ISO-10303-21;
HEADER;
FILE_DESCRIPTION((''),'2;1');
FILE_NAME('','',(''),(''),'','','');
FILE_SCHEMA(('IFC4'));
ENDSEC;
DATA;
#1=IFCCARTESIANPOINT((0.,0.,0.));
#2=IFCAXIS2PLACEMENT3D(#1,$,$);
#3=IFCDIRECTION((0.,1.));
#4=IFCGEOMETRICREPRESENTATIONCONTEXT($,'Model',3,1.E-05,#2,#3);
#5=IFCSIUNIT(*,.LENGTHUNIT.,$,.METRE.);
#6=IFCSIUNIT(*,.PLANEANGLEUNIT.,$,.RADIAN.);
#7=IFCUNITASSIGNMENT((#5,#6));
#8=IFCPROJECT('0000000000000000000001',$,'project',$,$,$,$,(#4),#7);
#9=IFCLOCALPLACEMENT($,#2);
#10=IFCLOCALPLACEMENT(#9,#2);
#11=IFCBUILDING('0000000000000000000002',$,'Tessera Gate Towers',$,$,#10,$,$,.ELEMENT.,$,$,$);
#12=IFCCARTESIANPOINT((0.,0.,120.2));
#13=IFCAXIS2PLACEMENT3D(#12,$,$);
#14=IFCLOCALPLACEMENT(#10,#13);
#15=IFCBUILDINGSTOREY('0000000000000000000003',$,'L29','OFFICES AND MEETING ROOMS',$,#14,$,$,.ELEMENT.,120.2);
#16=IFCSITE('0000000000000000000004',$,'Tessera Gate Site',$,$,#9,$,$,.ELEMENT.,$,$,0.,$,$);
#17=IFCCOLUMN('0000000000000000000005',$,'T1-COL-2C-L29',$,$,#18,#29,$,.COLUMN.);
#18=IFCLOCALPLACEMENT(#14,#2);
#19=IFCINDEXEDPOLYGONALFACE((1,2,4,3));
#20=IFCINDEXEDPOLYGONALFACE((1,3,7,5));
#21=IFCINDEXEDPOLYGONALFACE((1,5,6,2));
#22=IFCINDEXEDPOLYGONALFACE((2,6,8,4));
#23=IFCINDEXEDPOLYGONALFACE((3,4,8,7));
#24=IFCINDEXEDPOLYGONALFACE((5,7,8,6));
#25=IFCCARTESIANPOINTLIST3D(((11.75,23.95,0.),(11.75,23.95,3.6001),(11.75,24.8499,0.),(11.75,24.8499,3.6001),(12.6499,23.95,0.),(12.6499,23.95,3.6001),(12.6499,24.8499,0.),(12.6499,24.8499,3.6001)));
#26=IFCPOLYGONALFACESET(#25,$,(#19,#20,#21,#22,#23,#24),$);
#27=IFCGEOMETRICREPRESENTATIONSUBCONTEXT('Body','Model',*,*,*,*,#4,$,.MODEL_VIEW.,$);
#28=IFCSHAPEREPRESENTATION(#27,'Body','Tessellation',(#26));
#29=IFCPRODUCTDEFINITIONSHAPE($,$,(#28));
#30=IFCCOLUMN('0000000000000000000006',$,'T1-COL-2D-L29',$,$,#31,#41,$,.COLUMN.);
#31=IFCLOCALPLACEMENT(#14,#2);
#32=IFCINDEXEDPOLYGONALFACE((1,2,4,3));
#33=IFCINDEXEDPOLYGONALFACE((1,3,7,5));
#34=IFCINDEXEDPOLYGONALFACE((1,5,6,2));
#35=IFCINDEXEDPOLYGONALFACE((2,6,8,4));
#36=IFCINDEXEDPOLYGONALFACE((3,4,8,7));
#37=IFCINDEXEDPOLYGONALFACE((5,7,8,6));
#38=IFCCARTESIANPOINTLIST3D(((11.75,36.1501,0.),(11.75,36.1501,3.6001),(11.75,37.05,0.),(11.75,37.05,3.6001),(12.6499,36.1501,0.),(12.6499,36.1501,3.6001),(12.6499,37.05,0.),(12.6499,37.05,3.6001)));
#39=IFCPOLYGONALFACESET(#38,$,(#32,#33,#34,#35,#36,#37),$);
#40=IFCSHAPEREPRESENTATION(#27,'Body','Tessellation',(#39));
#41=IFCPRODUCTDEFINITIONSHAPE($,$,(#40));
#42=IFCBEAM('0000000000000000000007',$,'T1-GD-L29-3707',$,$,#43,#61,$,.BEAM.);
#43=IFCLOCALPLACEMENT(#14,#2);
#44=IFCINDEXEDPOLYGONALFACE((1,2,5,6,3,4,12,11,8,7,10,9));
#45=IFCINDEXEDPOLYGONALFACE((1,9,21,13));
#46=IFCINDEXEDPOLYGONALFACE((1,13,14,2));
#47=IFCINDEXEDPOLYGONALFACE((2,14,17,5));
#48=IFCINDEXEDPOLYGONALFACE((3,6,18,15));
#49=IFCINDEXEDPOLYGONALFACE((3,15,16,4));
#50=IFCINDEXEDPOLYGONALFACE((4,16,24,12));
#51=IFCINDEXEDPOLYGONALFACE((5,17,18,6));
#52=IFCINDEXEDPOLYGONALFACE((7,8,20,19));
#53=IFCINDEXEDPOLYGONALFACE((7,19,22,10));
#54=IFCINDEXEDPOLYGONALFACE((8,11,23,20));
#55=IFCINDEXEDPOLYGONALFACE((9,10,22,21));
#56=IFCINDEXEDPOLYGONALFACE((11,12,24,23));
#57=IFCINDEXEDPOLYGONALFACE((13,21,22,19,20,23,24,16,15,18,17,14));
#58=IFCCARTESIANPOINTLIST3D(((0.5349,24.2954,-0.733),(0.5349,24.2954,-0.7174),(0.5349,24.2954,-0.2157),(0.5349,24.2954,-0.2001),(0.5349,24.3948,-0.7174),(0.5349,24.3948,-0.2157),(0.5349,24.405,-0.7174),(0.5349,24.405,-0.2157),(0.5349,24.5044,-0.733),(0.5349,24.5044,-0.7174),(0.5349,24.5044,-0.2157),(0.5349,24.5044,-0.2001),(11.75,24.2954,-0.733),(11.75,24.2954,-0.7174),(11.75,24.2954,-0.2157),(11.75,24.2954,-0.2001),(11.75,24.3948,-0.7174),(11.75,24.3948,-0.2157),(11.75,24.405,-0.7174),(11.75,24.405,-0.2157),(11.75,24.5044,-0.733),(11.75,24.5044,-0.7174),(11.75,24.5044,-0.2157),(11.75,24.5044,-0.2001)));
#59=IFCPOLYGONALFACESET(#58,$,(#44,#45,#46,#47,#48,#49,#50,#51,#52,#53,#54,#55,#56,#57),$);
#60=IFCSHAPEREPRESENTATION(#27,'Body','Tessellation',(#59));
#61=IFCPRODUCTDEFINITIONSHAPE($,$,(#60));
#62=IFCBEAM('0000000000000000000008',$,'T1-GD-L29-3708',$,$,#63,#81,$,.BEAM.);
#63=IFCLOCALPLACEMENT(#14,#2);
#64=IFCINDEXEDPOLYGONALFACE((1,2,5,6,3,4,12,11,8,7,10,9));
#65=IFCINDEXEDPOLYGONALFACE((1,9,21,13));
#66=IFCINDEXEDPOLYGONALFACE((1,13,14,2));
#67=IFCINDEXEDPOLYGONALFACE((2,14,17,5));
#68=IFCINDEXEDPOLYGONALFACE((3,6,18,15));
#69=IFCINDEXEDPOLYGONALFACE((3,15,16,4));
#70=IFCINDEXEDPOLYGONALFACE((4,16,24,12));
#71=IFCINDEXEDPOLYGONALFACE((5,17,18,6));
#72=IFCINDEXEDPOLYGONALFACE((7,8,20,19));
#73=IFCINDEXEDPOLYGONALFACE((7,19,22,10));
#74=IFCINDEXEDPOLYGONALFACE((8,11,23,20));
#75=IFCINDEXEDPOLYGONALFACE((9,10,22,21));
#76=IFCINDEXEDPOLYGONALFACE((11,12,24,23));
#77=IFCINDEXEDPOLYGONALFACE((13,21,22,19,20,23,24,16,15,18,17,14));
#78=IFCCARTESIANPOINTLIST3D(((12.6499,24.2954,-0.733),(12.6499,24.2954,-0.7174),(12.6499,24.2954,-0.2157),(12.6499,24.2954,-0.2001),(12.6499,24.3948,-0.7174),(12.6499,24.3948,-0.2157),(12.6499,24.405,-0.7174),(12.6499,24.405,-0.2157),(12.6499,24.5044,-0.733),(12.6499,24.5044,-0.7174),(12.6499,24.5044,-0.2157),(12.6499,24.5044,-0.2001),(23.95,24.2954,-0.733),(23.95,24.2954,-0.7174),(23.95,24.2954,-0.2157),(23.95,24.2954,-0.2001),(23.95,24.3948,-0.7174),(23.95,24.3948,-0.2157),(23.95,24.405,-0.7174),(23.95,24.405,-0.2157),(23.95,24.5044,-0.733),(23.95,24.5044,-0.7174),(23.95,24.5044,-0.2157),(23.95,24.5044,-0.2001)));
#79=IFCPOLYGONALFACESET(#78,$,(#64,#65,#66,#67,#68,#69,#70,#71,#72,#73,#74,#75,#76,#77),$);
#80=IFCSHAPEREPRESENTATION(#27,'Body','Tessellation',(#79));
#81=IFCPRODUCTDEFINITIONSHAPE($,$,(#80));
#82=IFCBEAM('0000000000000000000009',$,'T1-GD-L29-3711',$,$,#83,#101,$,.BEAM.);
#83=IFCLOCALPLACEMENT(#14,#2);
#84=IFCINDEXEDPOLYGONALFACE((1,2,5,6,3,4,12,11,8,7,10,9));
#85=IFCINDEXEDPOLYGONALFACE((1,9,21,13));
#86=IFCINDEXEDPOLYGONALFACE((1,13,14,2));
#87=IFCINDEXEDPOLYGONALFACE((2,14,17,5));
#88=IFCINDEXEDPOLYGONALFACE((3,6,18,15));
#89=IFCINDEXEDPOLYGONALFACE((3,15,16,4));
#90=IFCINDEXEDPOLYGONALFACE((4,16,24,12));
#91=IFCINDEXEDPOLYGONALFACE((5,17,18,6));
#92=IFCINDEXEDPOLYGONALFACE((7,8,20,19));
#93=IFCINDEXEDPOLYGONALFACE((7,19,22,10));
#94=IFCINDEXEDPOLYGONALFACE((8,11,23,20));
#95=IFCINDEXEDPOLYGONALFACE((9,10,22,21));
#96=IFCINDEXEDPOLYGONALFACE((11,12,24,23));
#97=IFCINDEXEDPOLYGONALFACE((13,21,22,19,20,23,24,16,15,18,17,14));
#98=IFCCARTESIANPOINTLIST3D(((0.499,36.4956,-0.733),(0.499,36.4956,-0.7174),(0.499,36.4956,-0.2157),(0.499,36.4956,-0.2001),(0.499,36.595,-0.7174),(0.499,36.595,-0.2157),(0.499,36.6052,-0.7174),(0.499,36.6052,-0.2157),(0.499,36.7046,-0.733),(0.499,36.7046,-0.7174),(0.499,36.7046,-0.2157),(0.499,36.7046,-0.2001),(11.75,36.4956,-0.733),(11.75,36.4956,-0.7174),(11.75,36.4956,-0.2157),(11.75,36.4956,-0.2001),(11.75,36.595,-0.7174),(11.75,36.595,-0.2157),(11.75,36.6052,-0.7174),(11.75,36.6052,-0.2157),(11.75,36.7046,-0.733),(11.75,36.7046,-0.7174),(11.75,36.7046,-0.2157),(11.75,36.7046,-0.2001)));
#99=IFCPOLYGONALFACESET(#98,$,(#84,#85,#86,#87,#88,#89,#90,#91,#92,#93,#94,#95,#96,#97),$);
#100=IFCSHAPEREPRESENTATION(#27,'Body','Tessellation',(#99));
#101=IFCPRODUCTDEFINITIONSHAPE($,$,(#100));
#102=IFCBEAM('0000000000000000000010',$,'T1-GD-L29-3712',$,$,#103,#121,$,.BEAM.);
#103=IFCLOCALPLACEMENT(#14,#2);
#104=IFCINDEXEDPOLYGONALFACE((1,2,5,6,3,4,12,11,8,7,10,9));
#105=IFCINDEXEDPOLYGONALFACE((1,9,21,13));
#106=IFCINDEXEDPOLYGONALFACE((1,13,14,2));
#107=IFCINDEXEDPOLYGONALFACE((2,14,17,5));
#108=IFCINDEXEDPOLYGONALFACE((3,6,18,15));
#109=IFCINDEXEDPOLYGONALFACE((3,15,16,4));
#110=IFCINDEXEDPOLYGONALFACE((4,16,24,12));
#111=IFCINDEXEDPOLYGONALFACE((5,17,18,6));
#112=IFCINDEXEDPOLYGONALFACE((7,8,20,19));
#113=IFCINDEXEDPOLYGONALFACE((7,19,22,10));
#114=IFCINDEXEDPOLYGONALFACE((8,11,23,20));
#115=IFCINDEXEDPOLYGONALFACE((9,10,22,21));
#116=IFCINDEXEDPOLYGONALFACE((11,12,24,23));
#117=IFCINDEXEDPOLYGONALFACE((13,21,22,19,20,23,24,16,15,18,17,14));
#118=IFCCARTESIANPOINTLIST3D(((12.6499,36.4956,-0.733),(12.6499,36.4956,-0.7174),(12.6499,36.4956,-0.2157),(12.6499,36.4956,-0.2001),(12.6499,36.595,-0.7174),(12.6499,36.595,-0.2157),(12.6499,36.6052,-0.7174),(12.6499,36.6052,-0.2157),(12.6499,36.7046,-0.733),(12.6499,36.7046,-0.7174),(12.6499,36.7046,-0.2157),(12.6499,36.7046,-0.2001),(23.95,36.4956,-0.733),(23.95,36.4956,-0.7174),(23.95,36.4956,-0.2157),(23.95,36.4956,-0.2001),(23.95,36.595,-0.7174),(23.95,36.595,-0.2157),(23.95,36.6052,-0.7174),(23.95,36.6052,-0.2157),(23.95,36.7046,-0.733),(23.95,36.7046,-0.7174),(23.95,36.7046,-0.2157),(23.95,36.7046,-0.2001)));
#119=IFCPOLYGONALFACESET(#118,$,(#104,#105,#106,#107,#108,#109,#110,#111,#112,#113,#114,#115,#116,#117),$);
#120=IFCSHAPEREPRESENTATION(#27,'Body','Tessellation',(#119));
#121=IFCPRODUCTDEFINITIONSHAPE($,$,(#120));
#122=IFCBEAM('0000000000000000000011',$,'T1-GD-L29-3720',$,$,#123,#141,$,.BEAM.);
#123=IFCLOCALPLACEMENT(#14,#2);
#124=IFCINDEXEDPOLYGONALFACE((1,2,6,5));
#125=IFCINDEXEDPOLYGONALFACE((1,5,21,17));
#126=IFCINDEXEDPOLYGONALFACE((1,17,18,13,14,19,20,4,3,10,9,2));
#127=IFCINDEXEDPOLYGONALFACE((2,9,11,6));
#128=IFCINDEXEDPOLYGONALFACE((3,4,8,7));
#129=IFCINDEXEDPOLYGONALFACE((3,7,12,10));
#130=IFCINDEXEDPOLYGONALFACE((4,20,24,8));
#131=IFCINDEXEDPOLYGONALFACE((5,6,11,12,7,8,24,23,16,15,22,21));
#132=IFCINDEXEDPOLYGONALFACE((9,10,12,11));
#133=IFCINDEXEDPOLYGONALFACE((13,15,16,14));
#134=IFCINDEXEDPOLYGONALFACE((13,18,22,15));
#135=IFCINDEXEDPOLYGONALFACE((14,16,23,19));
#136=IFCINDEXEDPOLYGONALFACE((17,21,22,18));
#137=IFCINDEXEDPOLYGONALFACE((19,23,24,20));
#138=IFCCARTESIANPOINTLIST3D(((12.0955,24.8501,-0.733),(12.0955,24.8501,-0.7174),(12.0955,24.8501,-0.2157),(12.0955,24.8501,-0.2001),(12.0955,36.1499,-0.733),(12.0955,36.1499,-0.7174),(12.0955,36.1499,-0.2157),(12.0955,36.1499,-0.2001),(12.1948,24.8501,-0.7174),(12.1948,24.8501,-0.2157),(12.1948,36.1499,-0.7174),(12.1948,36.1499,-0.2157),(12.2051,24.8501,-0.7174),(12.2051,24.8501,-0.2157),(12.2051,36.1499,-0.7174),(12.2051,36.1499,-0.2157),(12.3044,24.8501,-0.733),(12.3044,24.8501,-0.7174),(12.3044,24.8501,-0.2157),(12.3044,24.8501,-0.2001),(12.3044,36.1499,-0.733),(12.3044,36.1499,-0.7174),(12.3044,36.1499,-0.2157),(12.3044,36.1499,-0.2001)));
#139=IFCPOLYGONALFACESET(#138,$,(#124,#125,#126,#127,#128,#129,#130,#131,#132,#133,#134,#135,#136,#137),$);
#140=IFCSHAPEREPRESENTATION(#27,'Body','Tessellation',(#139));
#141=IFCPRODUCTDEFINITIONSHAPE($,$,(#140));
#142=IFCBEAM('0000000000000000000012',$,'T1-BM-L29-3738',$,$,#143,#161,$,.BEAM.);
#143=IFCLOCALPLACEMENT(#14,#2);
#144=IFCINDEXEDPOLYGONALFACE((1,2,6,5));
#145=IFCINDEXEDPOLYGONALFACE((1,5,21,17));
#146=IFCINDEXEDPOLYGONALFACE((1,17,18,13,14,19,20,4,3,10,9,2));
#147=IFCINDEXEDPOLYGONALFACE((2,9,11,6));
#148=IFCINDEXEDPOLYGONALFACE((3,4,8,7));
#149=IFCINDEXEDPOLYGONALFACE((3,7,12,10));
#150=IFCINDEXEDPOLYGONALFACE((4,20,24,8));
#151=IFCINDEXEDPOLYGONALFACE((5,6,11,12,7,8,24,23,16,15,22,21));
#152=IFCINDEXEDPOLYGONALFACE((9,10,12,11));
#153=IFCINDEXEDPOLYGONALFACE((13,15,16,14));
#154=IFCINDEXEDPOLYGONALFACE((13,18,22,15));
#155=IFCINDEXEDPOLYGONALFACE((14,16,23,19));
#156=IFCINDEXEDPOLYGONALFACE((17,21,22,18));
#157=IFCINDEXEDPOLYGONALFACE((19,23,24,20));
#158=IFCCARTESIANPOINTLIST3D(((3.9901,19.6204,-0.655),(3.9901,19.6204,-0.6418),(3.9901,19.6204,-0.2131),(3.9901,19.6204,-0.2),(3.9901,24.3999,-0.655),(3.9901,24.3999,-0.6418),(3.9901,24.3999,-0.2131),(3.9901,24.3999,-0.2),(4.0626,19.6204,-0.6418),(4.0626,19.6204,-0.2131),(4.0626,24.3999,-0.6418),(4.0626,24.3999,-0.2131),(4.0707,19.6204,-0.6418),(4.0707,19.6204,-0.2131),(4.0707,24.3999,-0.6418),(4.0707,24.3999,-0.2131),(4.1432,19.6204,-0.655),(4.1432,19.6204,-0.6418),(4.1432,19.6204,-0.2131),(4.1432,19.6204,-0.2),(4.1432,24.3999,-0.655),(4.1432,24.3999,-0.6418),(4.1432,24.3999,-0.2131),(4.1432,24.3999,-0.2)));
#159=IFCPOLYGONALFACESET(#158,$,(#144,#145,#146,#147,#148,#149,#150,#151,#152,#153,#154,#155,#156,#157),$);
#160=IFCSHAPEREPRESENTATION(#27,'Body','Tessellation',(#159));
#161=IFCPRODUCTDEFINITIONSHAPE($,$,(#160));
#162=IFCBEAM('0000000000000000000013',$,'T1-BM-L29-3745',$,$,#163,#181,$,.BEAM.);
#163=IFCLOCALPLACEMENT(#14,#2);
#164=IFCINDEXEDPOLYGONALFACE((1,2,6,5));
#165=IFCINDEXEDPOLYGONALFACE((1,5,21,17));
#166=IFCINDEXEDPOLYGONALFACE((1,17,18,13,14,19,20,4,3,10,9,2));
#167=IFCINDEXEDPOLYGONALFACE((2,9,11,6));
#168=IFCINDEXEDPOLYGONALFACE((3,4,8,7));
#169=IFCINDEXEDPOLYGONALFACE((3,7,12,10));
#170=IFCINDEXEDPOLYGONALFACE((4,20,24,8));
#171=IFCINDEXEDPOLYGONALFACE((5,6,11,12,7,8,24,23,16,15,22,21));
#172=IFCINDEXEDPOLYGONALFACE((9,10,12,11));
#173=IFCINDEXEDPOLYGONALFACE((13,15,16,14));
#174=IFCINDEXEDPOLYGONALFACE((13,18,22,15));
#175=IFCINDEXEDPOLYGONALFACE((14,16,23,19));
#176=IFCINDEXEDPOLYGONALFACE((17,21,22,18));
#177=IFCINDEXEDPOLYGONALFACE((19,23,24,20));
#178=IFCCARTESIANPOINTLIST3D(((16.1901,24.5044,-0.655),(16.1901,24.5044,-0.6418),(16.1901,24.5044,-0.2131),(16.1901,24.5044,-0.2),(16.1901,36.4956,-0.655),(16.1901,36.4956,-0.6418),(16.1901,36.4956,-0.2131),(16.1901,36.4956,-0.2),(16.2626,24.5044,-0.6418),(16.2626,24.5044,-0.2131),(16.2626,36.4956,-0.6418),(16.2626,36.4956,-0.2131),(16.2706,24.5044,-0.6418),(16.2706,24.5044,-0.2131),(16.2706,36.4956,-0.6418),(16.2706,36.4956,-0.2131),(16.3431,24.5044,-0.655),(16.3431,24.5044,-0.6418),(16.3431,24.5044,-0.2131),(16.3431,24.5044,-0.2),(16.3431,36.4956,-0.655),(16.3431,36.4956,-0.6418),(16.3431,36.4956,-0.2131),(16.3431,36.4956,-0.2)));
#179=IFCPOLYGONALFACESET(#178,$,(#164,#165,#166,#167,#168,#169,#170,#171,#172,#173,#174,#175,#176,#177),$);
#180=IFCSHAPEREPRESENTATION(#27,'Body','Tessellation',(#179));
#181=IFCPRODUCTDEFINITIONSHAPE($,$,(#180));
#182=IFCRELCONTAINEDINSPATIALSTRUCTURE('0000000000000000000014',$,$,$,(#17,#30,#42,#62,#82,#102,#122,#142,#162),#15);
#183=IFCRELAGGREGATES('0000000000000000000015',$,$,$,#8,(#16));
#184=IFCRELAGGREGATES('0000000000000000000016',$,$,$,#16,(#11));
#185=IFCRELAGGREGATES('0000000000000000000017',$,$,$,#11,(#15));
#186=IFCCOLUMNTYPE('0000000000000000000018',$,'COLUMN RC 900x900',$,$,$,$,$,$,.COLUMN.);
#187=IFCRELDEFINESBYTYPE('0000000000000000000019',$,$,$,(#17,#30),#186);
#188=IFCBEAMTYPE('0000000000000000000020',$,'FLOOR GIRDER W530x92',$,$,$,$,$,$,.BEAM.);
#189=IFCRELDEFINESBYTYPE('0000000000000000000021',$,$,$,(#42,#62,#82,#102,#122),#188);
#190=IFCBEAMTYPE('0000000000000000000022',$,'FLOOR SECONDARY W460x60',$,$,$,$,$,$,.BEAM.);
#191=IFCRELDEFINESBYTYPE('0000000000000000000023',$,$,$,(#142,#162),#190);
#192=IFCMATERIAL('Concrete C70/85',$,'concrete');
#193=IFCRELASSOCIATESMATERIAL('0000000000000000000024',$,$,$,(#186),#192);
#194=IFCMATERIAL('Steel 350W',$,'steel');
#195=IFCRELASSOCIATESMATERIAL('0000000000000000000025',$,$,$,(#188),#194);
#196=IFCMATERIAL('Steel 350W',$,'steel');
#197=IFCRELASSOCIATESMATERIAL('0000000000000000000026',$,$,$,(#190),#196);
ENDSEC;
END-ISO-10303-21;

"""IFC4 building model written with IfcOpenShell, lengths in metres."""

from ifc_helpers import new_model, si_unit, direction, frame, origin, origin_2d, place, context, subcontext, project, spatial, rectangle, i_section, extrude, material, material_profile, profile_set, type_object, element, save


model = new_model("IFC4")

# Units and contexts
model_context = context("Model", 3, precision=1e-05, world=origin(), true_north=direction((0.0, 1.0)))
body_context = subcontext(model_context, "Body", "Model", "MODEL_VIEW")
ifc_project = project(units=[si_unit("LENGTHUNIT", "METRE"), si_unit("PLANEANGLEUNIT", "RADIAN")], contexts=[model_context])

# Site, building, storey
site_placement = place(None, origin())
site = spatial("IfcSite", under=ifc_project, at=site_placement, Name="Tessera Gate Site", CompositionType="ELEMENT", RefElevation=0.0)
building_placement = place(site_placement, origin())
building = spatial("IfcBuilding", under=site, at=building_placement, Name="Tessera Gate Towers", CompositionType="ELEMENT")
storey_placement = place(building_placement, frame((0.0, 0.0, 120.2)))
storey = spatial("IfcBuildingStorey", under=building, at=storey_placement, Name="L29", Description="OFFICES AND MEETING ROOMS", CompositionType="ELEMENT", Elevation=120.2)

# Columns
ifc_material_1 = material(Name="Concrete C70/85", Category="concrete")
ifc_material_profile_1 = material_profile(ifc_material_1, rectangle(XDim=0.8999, YDim=0.8999, at=origin_2d()), Name="RC 900x900")
ifc_profile_set_1 = profile_set([ifc_material_profile_1], Name="Concrete C70/85")
column_type = type_object("IfcColumnType", Name="COLUMN RC 900x900", PredefinedType="COLUMN", material=ifc_profile_set_1)
for number, where, z_axis, x_axis, name in (
    (1, (12.2, 24.3999, 0.0), (0.0, 0.0, 1.0), (1.0, 0.0, 0.0), "T1-COL-2C-L29"),
    (2, (12.2, 36.6001, 0.0), (0.0, 0.0, 1.0), (1.0, 0.0, 0.0), "T1-COL-2D-L29"),
):
    element("IfcColumn", number, at=place(storey_placement, frame(where, z_axis=z_axis, x_axis=x_axis)), inside=storey, type_object=column_type, Name=name, PredefinedType="COLUMN", context=body_context, shape_type="SweptSolid", body=[
        extrude(rectangle(XDim=0.8999, YDim=0.8999, at=origin_2d()), origin(), (0.0, 0.0, 1.0), 3.6001),
    ])

# Beams
ifc_material_2 = material(Name="Steel 350W", Category="steel")
ifc_material_profile_2 = material_profile(ifc_material_2, i_section(OverallWidth=0.209, OverallDepth=0.533, WebThickness=0.0103, FlangeThickness=0.0156, at=origin_2d()), Name="W530x92")
ifc_profile_set_2 = profile_set([ifc_material_profile_2], Name="Steel 350W")
beam_type_1 = type_object("IfcBeamType", Name="FLOOR GIRDER W530x92", PredefinedType="BEAM", material=ifc_profile_set_2)
beam_1_placement = place(storey_placement, frame((0.5349, 24.3999, -0.4666), z_axis=(1.0, 0.0, 0.0), x_axis=(0.0, 1.0, 0.0)))
element("IfcBeam", 3, at=beam_1_placement, inside=storey, type_object=beam_type_1, Name="T1-GD-L29-3707", PredefinedType="BEAM", context=body_context, shape_type="SweptSolid", body=[
    extrude(i_section(OverallWidth=0.209, OverallDepth=0.533, WebThickness=0.0103, FlangeThickness=0.0156, at=origin_2d()), origin(), (0.0, 0.0, 1.0), 11.2151),
])
beam_2_placement = place(storey_placement, frame((12.6499, 24.3999, -0.4666), z_axis=(1.0, 0.0, 0.0), x_axis=(0.0, 1.0, 0.0)))
element("IfcBeam", 4, at=beam_2_placement, inside=storey, type_object=beam_type_1, Name="T1-GD-L29-3708", PredefinedType="BEAM", context=body_context, shape_type="SweptSolid", body=[
    extrude(i_section(OverallWidth=0.209, OverallDepth=0.533, WebThickness=0.0103, FlangeThickness=0.0156, at=origin_2d()), origin(), (0.0, 0.0, 1.0), 11.3),
])
beam_3_placement = place(storey_placement, frame((0.499, 36.6001, -0.4666), z_axis=(1.0, 0.0, 0.0), x_axis=(0.0, 1.0, 0.0)))
element("IfcBeam", 5, at=beam_3_placement, inside=storey, type_object=beam_type_1, Name="T1-GD-L29-3711", PredefinedType="BEAM", context=body_context, shape_type="SweptSolid", body=[
    extrude(i_section(OverallWidth=0.209, OverallDepth=0.533, WebThickness=0.0103, FlangeThickness=0.0156, at=origin_2d()), origin(), (0.0, 0.0, 1.0), 11.251),
])
beam_4_placement = place(storey_placement, frame((12.6499, 36.6001, -0.4666), z_axis=(1.0, 0.0, 0.0), x_axis=(0.0, 1.0, 0.0)))
element("IfcBeam", 6, at=beam_4_placement, inside=storey, type_object=beam_type_1, Name="T1-GD-L29-3712", PredefinedType="BEAM", context=body_context, shape_type="SweptSolid", body=[
    extrude(i_section(OverallWidth=0.209, OverallDepth=0.533, WebThickness=0.0103, FlangeThickness=0.0156, at=origin_2d()), origin(), (0.0, 0.0, 1.0), 11.3),
])
beam_5_placement = place(storey_placement, frame((12.2, 24.8501, -0.4666), z_axis=(0.0, 1.0, 0.0), x_axis=(-1.0, 0.0, 0.0)))
element("IfcBeam", 7, at=beam_5_placement, inside=storey, type_object=beam_type_1, Name="T1-GD-L29-3720", PredefinedType="BEAM", context=body_context, shape_type="SweptSolid", body=[
    extrude(i_section(OverallWidth=0.209, OverallDepth=0.533, WebThickness=0.0103, FlangeThickness=0.0156, at=origin_2d()), origin(), (0.0, 0.0, 1.0), 11.2998),
])
ifc_material_3 = material(Name="Steel 350W", Category="steel")
ifc_material_profile_3 = material_profile(ifc_material_3, i_section(OverallWidth=0.1531, OverallDepth=0.4551, WebThickness=0.0081, FlangeThickness=0.0132, at=origin_2d()), Name="W460x60")
ifc_profile_set_3 = profile_set([ifc_material_profile_3], Name="Steel 350W")
beam_type_2 = type_object("IfcBeamType", Name="FLOOR SECONDARY W460x60", PredefinedType="BEAM", material=ifc_profile_set_3)
beam_6_placement = place(storey_placement, frame((4.0667, 19.6204, -0.4275), z_axis=(0.0, 1.0, 0.0), x_axis=(-1.0, 0.0, 0.0)))
element("IfcBeam", 8, at=beam_6_placement, inside=storey, type_object=beam_type_2, Name="T1-BM-L29-3738", PredefinedType="BEAM", context=body_context, shape_type="SweptSolid", body=[
    extrude(i_section(OverallWidth=0.1531, OverallDepth=0.4551, WebThickness=0.0081, FlangeThickness=0.0132, at=origin_2d()), origin(), (0.0, 0.0, 1.0), 4.7795),
])
beam_7_placement = place(storey_placement, frame((16.2666, 24.5044, -0.4275), z_axis=(0.0, 1.0, 0.0), x_axis=(-1.0, 0.0, 0.0)))
element("IfcBeam", 9, at=beam_7_placement, inside=storey, type_object=beam_type_2, Name="T1-BM-L29-3745", PredefinedType="BEAM", context=body_context, shape_type="SweptSolid", body=[
    extrude(i_section(OverallWidth=0.1531, OverallDepth=0.4551, WebThickness=0.0081, FlangeThickness=0.0132, at=origin_2d()), origin(), (0.0, 0.0, 1.0), 11.9912),
])

save(model, "model.ifc")
